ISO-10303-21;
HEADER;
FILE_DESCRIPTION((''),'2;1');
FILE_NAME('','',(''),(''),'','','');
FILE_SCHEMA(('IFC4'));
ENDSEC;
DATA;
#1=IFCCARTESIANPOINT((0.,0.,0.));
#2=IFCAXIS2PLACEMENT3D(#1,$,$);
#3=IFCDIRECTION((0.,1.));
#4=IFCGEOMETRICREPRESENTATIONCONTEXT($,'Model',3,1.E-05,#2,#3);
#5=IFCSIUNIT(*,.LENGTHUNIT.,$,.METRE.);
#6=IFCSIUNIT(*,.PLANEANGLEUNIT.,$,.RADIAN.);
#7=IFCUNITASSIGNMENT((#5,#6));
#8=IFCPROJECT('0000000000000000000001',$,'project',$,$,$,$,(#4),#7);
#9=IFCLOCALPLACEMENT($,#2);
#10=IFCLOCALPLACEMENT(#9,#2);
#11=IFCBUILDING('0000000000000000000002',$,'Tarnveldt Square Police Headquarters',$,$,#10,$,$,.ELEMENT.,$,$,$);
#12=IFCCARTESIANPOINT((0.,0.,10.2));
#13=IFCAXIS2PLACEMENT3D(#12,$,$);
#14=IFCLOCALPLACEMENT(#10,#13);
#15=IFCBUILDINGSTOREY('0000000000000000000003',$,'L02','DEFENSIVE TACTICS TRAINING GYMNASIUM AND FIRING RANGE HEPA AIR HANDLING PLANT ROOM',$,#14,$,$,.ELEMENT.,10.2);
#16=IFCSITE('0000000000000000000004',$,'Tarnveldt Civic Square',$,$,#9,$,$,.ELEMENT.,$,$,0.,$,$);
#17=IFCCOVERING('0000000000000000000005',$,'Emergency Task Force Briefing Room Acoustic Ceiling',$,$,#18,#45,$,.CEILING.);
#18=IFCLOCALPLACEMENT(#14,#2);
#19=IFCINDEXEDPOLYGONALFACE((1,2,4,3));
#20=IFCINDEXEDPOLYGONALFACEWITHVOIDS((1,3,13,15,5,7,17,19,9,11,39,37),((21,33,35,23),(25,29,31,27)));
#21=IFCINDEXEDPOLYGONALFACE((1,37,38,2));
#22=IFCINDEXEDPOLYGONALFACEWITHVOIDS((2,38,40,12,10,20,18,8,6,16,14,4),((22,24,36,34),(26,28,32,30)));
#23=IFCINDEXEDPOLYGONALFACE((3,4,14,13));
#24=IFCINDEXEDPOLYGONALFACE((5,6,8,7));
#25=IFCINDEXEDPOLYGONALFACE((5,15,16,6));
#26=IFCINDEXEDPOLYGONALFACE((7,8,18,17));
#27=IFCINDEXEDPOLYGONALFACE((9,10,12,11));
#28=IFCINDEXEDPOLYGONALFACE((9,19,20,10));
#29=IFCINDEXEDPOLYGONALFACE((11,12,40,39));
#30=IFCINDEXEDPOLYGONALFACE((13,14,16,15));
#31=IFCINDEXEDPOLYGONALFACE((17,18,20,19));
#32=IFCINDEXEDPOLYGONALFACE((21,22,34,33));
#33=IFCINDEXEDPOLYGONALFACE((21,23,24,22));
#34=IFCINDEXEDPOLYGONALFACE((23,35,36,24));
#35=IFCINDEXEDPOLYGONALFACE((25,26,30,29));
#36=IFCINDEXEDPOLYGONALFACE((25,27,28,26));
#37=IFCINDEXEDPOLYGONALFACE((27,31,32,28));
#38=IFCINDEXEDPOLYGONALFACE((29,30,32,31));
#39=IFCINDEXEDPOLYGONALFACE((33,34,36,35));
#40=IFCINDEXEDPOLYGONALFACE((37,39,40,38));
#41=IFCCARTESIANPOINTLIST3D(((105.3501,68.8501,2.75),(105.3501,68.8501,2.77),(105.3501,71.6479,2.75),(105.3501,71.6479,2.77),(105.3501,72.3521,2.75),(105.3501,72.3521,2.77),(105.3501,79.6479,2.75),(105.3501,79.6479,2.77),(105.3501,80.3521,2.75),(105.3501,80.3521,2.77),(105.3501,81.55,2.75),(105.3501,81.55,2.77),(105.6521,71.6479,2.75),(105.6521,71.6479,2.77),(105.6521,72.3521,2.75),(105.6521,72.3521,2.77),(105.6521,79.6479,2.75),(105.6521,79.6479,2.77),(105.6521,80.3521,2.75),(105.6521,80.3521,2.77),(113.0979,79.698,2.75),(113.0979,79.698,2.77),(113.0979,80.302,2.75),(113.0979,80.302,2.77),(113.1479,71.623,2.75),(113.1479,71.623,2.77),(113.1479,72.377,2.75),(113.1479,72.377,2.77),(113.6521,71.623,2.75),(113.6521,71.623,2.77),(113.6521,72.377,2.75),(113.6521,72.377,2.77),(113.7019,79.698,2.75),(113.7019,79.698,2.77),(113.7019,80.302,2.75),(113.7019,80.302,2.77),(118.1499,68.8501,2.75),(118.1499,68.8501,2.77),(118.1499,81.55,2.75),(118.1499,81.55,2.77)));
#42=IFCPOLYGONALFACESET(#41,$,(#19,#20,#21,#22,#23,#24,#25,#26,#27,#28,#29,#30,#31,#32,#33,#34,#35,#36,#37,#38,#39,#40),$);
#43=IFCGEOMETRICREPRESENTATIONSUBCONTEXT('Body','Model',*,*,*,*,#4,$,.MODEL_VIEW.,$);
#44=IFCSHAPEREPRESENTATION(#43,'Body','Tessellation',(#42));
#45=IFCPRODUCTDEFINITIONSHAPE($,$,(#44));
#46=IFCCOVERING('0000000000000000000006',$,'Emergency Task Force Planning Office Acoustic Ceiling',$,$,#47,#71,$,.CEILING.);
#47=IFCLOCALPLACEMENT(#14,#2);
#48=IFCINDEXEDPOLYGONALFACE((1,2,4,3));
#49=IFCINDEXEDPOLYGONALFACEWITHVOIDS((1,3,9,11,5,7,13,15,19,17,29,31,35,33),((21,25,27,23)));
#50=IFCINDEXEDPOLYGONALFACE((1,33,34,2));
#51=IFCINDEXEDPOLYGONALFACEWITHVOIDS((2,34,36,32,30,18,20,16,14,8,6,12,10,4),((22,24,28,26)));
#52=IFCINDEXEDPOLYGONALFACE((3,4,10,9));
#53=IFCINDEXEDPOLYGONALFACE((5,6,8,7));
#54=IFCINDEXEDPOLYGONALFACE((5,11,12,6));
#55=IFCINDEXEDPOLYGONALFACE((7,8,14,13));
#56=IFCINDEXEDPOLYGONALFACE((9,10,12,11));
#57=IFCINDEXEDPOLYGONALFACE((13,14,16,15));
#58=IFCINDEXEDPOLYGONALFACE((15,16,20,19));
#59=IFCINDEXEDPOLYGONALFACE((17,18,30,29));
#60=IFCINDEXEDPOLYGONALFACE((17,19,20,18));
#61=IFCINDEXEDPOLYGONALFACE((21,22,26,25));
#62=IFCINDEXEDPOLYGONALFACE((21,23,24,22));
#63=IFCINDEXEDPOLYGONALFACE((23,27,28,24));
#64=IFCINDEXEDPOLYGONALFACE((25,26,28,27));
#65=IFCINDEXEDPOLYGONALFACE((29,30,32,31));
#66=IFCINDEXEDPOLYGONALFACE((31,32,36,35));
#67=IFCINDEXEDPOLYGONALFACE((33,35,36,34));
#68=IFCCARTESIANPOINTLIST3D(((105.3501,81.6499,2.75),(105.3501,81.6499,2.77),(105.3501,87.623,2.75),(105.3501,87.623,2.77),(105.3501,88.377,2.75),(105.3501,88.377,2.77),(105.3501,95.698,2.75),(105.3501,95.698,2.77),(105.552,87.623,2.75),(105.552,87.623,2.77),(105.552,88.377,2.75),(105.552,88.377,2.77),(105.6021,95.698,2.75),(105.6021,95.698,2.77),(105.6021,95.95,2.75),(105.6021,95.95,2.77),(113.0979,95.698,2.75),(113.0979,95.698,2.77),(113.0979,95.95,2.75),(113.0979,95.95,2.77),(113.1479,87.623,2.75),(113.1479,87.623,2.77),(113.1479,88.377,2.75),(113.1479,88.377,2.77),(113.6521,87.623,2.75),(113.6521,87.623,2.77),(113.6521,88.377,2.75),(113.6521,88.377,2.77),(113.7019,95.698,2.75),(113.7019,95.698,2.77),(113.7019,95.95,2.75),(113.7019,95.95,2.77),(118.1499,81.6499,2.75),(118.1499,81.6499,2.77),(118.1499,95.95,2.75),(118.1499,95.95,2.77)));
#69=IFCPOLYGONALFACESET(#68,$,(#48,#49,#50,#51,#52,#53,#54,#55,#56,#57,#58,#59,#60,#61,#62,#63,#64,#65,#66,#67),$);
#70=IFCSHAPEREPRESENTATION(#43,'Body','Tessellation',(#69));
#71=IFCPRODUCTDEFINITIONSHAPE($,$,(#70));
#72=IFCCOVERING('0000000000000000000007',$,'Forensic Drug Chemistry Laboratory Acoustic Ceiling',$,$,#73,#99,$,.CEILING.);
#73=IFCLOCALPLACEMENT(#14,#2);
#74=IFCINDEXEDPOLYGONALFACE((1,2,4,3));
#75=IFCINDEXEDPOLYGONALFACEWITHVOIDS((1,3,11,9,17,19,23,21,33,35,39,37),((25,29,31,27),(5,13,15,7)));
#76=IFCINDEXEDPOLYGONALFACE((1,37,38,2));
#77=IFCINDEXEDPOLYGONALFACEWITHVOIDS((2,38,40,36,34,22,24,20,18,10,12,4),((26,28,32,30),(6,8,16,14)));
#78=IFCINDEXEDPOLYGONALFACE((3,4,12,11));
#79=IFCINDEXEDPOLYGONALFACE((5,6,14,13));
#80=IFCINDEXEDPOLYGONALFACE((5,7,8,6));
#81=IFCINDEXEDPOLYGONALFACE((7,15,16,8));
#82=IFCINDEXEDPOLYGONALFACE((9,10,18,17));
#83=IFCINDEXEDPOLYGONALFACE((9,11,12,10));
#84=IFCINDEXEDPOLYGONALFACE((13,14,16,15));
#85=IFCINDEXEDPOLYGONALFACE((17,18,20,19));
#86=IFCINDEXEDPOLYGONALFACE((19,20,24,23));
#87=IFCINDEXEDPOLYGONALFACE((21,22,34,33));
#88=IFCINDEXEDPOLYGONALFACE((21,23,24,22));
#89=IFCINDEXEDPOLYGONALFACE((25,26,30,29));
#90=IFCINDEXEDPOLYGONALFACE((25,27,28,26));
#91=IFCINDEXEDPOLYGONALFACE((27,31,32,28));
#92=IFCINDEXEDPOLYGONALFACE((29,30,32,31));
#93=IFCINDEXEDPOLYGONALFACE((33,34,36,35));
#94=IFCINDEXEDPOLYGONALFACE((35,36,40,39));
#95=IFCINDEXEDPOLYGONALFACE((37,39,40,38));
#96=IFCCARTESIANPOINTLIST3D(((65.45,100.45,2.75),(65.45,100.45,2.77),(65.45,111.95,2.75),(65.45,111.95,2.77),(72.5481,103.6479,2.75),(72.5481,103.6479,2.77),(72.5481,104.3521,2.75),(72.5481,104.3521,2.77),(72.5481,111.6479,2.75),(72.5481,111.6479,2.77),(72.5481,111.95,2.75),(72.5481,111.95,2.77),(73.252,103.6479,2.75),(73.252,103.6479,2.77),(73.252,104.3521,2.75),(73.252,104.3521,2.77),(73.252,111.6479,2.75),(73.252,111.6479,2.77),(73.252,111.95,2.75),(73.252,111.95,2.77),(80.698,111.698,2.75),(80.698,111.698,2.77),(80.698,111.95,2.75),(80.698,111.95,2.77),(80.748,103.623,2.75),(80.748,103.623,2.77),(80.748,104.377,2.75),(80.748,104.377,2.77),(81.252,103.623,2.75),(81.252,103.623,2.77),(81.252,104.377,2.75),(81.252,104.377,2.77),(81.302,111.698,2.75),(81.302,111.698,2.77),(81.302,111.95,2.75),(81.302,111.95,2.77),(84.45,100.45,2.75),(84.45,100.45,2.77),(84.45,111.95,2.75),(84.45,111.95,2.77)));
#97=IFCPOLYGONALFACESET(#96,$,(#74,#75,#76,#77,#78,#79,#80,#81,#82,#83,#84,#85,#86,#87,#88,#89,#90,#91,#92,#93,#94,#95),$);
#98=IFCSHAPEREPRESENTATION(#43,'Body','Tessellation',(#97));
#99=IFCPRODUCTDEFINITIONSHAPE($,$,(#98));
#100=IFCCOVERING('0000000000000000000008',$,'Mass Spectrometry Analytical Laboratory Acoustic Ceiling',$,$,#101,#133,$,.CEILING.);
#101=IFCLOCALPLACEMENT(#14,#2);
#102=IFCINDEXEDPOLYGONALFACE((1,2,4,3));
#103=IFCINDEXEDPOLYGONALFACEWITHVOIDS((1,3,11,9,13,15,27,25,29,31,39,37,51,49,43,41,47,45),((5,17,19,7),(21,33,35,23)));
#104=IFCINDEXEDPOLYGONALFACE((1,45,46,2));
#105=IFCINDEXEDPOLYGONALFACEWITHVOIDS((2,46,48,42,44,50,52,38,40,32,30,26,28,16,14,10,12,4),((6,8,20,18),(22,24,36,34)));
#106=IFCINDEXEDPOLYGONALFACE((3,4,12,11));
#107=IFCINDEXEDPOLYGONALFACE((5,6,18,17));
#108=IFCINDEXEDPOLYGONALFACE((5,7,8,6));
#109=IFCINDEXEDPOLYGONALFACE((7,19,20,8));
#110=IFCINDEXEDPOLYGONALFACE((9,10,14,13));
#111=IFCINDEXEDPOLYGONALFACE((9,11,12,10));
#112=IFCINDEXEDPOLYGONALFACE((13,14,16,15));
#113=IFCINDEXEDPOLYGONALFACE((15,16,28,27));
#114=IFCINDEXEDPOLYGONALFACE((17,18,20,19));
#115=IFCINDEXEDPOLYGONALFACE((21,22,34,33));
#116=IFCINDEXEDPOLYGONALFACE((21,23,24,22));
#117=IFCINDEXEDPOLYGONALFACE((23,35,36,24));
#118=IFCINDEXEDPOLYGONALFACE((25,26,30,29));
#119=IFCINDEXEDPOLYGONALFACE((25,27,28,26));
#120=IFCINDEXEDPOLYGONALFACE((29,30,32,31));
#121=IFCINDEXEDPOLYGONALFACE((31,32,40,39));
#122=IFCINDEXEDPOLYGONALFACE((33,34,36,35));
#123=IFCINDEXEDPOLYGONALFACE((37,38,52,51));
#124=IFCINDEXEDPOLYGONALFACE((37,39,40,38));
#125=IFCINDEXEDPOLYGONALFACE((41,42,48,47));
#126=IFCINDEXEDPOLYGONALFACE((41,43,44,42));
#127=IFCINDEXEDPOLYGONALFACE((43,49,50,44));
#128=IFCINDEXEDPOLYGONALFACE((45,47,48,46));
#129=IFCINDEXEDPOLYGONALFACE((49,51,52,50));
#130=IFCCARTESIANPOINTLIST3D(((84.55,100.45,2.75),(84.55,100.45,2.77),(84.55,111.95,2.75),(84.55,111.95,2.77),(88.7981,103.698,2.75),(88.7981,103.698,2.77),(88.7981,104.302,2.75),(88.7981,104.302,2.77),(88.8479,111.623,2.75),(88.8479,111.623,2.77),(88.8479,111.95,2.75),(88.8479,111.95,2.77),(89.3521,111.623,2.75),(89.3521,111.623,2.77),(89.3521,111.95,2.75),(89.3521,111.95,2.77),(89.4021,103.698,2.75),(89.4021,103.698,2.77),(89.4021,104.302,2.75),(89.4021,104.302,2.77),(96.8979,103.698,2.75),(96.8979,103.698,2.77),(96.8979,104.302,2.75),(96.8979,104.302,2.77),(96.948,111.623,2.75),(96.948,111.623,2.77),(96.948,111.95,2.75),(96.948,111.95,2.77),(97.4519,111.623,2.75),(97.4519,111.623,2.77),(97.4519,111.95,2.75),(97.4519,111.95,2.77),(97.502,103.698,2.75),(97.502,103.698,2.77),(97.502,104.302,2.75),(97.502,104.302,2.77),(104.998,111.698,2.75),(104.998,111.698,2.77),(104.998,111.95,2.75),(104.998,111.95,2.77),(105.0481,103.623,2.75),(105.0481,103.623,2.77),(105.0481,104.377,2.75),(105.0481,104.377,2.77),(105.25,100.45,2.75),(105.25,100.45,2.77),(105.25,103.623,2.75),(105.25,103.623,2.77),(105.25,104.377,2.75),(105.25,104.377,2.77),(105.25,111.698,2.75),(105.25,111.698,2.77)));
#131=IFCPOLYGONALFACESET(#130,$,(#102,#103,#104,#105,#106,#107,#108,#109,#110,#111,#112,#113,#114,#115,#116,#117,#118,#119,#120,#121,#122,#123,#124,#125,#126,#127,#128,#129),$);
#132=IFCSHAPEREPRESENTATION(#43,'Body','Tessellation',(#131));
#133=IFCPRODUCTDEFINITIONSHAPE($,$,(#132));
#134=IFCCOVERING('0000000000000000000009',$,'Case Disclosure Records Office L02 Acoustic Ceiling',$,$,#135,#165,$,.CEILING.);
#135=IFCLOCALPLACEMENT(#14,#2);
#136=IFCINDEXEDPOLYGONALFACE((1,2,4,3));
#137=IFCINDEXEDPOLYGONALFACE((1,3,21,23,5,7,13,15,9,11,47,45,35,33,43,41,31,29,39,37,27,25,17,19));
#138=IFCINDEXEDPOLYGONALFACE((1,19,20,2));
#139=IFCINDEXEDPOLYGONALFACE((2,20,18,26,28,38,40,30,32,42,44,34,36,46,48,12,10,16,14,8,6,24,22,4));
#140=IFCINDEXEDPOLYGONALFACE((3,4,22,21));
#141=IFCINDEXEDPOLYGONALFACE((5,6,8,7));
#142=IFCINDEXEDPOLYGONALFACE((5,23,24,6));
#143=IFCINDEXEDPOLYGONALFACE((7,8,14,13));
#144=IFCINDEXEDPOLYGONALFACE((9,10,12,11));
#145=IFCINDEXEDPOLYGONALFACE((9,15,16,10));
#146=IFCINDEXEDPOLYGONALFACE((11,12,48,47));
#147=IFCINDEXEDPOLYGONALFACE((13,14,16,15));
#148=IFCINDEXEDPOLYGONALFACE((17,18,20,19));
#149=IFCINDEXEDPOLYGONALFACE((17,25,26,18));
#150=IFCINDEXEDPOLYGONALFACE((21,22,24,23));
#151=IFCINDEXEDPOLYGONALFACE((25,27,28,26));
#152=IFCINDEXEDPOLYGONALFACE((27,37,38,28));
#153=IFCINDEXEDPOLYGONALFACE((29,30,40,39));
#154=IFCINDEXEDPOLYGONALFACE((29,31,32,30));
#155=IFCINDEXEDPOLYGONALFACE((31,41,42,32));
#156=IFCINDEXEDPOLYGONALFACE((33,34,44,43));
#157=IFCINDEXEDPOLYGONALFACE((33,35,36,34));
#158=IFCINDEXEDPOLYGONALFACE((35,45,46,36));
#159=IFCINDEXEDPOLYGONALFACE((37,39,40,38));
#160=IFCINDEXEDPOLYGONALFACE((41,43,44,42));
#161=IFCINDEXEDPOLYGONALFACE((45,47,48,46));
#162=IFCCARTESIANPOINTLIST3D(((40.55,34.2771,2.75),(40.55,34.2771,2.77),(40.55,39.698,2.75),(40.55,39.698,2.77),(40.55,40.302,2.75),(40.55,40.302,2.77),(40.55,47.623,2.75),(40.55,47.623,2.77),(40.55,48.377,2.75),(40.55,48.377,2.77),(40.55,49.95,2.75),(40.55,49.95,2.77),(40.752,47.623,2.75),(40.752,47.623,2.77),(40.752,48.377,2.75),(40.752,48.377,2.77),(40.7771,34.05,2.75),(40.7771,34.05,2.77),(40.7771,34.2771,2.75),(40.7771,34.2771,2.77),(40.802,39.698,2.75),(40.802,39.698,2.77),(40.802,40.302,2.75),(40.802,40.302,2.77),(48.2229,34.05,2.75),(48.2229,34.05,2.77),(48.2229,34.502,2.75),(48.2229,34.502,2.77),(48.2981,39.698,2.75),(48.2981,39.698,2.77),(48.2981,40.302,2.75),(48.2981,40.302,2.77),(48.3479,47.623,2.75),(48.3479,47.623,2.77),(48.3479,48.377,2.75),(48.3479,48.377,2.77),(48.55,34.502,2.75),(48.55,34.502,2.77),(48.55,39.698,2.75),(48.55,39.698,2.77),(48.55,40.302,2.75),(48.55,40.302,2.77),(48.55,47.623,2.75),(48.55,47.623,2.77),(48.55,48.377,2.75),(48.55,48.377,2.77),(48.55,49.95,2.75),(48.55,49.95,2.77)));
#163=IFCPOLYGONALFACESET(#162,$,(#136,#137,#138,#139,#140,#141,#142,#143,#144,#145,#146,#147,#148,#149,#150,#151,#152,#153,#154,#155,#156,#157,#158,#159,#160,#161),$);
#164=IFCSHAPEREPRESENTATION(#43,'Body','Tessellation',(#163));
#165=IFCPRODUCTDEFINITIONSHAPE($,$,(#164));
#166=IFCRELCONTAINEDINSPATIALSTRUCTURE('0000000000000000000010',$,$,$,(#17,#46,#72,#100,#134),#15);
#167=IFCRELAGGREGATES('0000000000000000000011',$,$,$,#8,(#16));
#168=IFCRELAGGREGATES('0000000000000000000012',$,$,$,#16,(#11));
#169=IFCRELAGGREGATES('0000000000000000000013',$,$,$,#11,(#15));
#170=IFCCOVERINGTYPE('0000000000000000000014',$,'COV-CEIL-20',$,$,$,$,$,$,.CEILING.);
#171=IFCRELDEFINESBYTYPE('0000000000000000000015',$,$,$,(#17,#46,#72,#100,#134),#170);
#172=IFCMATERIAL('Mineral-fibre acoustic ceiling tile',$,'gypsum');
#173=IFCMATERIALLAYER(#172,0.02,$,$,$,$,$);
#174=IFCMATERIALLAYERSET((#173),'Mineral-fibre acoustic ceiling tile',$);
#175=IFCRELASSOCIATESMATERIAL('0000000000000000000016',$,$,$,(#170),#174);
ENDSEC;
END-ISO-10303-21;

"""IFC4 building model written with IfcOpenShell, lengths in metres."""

from ifc_helpers import new_model, si_unit, direction, frame, origin, place, context, subcontext, project, spatial, polyline, outline, extrude, material, layer, layer_set, type_object, element, save


model = new_model("IFC4")

# Units and contexts
model_context = context("Model", 3, precision=1e-05, world=origin(), true_north=direction((0.0, 1.0)))
body_context = subcontext(model_context, "Body", "Model", "MODEL_VIEW")
ifc_project = project(units=[si_unit("LENGTHUNIT", "METRE"), si_unit("PLANEANGLEUNIT", "RADIAN")], contexts=[model_context])

# Site, building, storey
site_placement = place(None, origin())
site = spatial("IfcSite", under=ifc_project, at=site_placement, Name="Tarnveldt Civic Square", CompositionType="ELEMENT", RefElevation=0.0)
building_placement = place(site_placement, origin())
building = spatial("IfcBuilding", under=site, at=building_placement, Name="Tarnveldt Square Police Headquarters", CompositionType="ELEMENT")
storey_placement = place(building_placement, frame((0.0, 0.0, 10.2)))
storey = spatial("IfcBuildingStorey", under=building, at=storey_placement, Name="L02", Description="DEFENSIVE TACTICS TRAINING GYMNASIUM AND FIRING RANGE HEPA AIR HANDLING PLANT ROOM", CompositionType="ELEMENT", Elevation=10.2)

# Coverings
ifc_material_1 = material(Name="Mineral-fibre acoustic ceiling tile", Category="gypsum")
ifc_layer_1 = layer(ifc_material_1, 0.02)
ifc_layer_set_1 = layer_set([ifc_layer_1], Name="Mineral-fibre acoustic ceiling tile")
covering_type_1 = type_object("IfcCoveringType", Name="COV-CEIL-20", PredefinedType="CEILING", material=ifc_layer_set_1)
covering_1_placement = place(storey_placement, frame((0.0, 0.0, 2.75)))
element("IfcCovering", 1, at=covering_1_placement, inside=storey, type_object=covering_type_1, Name="Emergency Task Force Briefing Room Acoustic Ceiling", PredefinedType="CEILING", context=body_context, shape_type="SweptSolid", body=[
    extrude(outline(polyline([(105.3501, 81.55), (118.1499, 81.55), (118.1499, 68.8501), (105.3501, 68.8501), (105.3501, 71.6479), (105.6521, 71.6479), (105.6521, 72.3521), (105.3501, 72.3521), (105.3501, 79.6479), (105.6521, 79.6479), (105.6521, 80.3521), (105.3501, 80.3521), (105.3501, 81.55)]), holes=[polyline([(113.0979, 80.302), (113.0979, 79.698), (113.7019, 79.698), (113.7019, 80.302), (113.0979, 80.302)]), polyline([(113.6521, 72.377), (113.1479, 72.377), (113.1479, 71.623), (113.6521, 71.623), (113.6521, 72.377)])]), origin(), (0.0, 0.0, 1.0), 0.02),
])
covering_2_placement = place(storey_placement, frame((0.0, 0.0, 2.75)))
element("IfcCovering", 2, at=covering_2_placement, inside=storey, type_object=covering_type_1, Name="Emergency Task Force Planning Office Acoustic Ceiling", PredefinedType="CEILING", context=body_context, shape_type="SweptSolid", body=[
    extrude(outline(polyline([(118.1499, 95.95), (118.1499, 81.6499), (105.3501, 81.6499), (105.3501, 87.623), (105.552, 87.623), (105.552, 88.377), (105.3501, 88.377), (105.3501, 95.698), (105.6021, 95.698), (105.6021, 95.95), (113.0979, 95.95), (113.0979, 95.698), (113.7019, 95.698), (113.7019, 95.95), (118.1499, 95.95)]), holes=[polyline([(113.1479, 88.377), (113.1479, 87.623), (113.6521, 87.623), (113.6521, 88.377), (113.1479, 88.377)])]), origin(), (0.0, 0.0, 1.0), 0.02),
])
covering_3_placement = place(storey_placement, frame((0.0, 0.0, 2.75)))
element("IfcCovering", 3, at=covering_3_placement, inside=storey, type_object=covering_type_1, Name="Forensic Drug Chemistry Laboratory Acoustic Ceiling", PredefinedType="CEILING", context=body_context, shape_type="SweptSolid", body=[
    extrude(outline(polyline([(84.45, 111.95), (84.45, 100.45), (65.45, 100.45), (65.45, 111.95), (72.5481, 111.95), (72.5481, 111.6479), (73.252, 111.6479), (73.252, 111.95), (80.698, 111.95), (80.698, 111.698), (81.302, 111.698), (81.302, 111.95), (84.45, 111.95)]), holes=[polyline([(81.252, 104.377), (80.748, 104.377), (80.748, 103.623), (81.252, 103.623), (81.252, 104.377)]), polyline([(73.252, 104.3521), (72.5481, 104.3521), (72.5481, 103.6479), (73.252, 103.6479), (73.252, 104.3521)])]), origin(), (0.0, 0.0, 1.0), 0.02),
])
covering_4_placement = place(storey_placement, frame((0.0, 0.0, 2.75)))
element("IfcCovering", 4, at=covering_4_placement, inside=storey, type_object=covering_type_1, Name="Mass Spectrometry Analytical Laboratory Acoustic Ceiling", PredefinedType="CEILING", context=body_context, shape_type="SweptSolid", body=[
    extrude(outline(polyline([(105.25, 100.45), (84.55, 100.45), (84.55, 111.95), (88.8479, 111.95), (88.8479, 111.623), (89.3521, 111.623), (89.3521, 111.95), (96.948, 111.95), (96.948, 111.623), (97.4519, 111.623), (97.4519, 111.95), (104.998, 111.95), (104.998, 111.698), (105.25, 111.698), (105.25, 104.377), (105.0481, 104.377), (105.0481, 103.623), (105.25, 103.623), (105.25, 100.45)]), holes=[polyline([(96.8979, 104.302), (96.8979, 103.698), (97.502, 103.698), (97.502, 104.302), (96.8979, 104.302)]), polyline([(89.4021, 104.302), (88.7981, 104.302), (88.7981, 103.698), (89.4021, 103.698), (89.4021, 104.302)])]), origin(), (0.0, 0.0, 1.0), 0.02),
])
covering_5_placement = place(storey_placement, frame((0.0, 0.0, 2.75)))
element("IfcCovering", 5, at=covering_5_placement, inside=storey, type_object=covering_type_1, Name="Case Disclosure Records Office L02 Acoustic Ceiling", PredefinedType="CEILING", context=body_context, shape_type="SweptSolid", body=[
    extrude(outline(polyline([(48.55, 34.502), (48.2229, 34.502), (48.2229, 34.05), (40.7771, 34.05), (40.7771, 34.2771), (40.55, 34.2771), (40.55, 39.698), (40.802, 39.698), (40.802, 40.302), (40.55, 40.302), (40.55, 47.623), (40.752, 47.623), (40.752, 48.377), (40.55, 48.377), (40.55, 49.95), (48.55, 49.95), (48.55, 48.377), (48.3479, 48.377), (48.3479, 47.623), (48.55, 47.623), (48.55, 40.302), (48.2981, 40.302), (48.2981, 39.698), (48.55, 39.698), (48.55, 34.502)])), origin(), (0.0, 0.0, 1.0), 0.02),
])

save(model, "model.ifc")
